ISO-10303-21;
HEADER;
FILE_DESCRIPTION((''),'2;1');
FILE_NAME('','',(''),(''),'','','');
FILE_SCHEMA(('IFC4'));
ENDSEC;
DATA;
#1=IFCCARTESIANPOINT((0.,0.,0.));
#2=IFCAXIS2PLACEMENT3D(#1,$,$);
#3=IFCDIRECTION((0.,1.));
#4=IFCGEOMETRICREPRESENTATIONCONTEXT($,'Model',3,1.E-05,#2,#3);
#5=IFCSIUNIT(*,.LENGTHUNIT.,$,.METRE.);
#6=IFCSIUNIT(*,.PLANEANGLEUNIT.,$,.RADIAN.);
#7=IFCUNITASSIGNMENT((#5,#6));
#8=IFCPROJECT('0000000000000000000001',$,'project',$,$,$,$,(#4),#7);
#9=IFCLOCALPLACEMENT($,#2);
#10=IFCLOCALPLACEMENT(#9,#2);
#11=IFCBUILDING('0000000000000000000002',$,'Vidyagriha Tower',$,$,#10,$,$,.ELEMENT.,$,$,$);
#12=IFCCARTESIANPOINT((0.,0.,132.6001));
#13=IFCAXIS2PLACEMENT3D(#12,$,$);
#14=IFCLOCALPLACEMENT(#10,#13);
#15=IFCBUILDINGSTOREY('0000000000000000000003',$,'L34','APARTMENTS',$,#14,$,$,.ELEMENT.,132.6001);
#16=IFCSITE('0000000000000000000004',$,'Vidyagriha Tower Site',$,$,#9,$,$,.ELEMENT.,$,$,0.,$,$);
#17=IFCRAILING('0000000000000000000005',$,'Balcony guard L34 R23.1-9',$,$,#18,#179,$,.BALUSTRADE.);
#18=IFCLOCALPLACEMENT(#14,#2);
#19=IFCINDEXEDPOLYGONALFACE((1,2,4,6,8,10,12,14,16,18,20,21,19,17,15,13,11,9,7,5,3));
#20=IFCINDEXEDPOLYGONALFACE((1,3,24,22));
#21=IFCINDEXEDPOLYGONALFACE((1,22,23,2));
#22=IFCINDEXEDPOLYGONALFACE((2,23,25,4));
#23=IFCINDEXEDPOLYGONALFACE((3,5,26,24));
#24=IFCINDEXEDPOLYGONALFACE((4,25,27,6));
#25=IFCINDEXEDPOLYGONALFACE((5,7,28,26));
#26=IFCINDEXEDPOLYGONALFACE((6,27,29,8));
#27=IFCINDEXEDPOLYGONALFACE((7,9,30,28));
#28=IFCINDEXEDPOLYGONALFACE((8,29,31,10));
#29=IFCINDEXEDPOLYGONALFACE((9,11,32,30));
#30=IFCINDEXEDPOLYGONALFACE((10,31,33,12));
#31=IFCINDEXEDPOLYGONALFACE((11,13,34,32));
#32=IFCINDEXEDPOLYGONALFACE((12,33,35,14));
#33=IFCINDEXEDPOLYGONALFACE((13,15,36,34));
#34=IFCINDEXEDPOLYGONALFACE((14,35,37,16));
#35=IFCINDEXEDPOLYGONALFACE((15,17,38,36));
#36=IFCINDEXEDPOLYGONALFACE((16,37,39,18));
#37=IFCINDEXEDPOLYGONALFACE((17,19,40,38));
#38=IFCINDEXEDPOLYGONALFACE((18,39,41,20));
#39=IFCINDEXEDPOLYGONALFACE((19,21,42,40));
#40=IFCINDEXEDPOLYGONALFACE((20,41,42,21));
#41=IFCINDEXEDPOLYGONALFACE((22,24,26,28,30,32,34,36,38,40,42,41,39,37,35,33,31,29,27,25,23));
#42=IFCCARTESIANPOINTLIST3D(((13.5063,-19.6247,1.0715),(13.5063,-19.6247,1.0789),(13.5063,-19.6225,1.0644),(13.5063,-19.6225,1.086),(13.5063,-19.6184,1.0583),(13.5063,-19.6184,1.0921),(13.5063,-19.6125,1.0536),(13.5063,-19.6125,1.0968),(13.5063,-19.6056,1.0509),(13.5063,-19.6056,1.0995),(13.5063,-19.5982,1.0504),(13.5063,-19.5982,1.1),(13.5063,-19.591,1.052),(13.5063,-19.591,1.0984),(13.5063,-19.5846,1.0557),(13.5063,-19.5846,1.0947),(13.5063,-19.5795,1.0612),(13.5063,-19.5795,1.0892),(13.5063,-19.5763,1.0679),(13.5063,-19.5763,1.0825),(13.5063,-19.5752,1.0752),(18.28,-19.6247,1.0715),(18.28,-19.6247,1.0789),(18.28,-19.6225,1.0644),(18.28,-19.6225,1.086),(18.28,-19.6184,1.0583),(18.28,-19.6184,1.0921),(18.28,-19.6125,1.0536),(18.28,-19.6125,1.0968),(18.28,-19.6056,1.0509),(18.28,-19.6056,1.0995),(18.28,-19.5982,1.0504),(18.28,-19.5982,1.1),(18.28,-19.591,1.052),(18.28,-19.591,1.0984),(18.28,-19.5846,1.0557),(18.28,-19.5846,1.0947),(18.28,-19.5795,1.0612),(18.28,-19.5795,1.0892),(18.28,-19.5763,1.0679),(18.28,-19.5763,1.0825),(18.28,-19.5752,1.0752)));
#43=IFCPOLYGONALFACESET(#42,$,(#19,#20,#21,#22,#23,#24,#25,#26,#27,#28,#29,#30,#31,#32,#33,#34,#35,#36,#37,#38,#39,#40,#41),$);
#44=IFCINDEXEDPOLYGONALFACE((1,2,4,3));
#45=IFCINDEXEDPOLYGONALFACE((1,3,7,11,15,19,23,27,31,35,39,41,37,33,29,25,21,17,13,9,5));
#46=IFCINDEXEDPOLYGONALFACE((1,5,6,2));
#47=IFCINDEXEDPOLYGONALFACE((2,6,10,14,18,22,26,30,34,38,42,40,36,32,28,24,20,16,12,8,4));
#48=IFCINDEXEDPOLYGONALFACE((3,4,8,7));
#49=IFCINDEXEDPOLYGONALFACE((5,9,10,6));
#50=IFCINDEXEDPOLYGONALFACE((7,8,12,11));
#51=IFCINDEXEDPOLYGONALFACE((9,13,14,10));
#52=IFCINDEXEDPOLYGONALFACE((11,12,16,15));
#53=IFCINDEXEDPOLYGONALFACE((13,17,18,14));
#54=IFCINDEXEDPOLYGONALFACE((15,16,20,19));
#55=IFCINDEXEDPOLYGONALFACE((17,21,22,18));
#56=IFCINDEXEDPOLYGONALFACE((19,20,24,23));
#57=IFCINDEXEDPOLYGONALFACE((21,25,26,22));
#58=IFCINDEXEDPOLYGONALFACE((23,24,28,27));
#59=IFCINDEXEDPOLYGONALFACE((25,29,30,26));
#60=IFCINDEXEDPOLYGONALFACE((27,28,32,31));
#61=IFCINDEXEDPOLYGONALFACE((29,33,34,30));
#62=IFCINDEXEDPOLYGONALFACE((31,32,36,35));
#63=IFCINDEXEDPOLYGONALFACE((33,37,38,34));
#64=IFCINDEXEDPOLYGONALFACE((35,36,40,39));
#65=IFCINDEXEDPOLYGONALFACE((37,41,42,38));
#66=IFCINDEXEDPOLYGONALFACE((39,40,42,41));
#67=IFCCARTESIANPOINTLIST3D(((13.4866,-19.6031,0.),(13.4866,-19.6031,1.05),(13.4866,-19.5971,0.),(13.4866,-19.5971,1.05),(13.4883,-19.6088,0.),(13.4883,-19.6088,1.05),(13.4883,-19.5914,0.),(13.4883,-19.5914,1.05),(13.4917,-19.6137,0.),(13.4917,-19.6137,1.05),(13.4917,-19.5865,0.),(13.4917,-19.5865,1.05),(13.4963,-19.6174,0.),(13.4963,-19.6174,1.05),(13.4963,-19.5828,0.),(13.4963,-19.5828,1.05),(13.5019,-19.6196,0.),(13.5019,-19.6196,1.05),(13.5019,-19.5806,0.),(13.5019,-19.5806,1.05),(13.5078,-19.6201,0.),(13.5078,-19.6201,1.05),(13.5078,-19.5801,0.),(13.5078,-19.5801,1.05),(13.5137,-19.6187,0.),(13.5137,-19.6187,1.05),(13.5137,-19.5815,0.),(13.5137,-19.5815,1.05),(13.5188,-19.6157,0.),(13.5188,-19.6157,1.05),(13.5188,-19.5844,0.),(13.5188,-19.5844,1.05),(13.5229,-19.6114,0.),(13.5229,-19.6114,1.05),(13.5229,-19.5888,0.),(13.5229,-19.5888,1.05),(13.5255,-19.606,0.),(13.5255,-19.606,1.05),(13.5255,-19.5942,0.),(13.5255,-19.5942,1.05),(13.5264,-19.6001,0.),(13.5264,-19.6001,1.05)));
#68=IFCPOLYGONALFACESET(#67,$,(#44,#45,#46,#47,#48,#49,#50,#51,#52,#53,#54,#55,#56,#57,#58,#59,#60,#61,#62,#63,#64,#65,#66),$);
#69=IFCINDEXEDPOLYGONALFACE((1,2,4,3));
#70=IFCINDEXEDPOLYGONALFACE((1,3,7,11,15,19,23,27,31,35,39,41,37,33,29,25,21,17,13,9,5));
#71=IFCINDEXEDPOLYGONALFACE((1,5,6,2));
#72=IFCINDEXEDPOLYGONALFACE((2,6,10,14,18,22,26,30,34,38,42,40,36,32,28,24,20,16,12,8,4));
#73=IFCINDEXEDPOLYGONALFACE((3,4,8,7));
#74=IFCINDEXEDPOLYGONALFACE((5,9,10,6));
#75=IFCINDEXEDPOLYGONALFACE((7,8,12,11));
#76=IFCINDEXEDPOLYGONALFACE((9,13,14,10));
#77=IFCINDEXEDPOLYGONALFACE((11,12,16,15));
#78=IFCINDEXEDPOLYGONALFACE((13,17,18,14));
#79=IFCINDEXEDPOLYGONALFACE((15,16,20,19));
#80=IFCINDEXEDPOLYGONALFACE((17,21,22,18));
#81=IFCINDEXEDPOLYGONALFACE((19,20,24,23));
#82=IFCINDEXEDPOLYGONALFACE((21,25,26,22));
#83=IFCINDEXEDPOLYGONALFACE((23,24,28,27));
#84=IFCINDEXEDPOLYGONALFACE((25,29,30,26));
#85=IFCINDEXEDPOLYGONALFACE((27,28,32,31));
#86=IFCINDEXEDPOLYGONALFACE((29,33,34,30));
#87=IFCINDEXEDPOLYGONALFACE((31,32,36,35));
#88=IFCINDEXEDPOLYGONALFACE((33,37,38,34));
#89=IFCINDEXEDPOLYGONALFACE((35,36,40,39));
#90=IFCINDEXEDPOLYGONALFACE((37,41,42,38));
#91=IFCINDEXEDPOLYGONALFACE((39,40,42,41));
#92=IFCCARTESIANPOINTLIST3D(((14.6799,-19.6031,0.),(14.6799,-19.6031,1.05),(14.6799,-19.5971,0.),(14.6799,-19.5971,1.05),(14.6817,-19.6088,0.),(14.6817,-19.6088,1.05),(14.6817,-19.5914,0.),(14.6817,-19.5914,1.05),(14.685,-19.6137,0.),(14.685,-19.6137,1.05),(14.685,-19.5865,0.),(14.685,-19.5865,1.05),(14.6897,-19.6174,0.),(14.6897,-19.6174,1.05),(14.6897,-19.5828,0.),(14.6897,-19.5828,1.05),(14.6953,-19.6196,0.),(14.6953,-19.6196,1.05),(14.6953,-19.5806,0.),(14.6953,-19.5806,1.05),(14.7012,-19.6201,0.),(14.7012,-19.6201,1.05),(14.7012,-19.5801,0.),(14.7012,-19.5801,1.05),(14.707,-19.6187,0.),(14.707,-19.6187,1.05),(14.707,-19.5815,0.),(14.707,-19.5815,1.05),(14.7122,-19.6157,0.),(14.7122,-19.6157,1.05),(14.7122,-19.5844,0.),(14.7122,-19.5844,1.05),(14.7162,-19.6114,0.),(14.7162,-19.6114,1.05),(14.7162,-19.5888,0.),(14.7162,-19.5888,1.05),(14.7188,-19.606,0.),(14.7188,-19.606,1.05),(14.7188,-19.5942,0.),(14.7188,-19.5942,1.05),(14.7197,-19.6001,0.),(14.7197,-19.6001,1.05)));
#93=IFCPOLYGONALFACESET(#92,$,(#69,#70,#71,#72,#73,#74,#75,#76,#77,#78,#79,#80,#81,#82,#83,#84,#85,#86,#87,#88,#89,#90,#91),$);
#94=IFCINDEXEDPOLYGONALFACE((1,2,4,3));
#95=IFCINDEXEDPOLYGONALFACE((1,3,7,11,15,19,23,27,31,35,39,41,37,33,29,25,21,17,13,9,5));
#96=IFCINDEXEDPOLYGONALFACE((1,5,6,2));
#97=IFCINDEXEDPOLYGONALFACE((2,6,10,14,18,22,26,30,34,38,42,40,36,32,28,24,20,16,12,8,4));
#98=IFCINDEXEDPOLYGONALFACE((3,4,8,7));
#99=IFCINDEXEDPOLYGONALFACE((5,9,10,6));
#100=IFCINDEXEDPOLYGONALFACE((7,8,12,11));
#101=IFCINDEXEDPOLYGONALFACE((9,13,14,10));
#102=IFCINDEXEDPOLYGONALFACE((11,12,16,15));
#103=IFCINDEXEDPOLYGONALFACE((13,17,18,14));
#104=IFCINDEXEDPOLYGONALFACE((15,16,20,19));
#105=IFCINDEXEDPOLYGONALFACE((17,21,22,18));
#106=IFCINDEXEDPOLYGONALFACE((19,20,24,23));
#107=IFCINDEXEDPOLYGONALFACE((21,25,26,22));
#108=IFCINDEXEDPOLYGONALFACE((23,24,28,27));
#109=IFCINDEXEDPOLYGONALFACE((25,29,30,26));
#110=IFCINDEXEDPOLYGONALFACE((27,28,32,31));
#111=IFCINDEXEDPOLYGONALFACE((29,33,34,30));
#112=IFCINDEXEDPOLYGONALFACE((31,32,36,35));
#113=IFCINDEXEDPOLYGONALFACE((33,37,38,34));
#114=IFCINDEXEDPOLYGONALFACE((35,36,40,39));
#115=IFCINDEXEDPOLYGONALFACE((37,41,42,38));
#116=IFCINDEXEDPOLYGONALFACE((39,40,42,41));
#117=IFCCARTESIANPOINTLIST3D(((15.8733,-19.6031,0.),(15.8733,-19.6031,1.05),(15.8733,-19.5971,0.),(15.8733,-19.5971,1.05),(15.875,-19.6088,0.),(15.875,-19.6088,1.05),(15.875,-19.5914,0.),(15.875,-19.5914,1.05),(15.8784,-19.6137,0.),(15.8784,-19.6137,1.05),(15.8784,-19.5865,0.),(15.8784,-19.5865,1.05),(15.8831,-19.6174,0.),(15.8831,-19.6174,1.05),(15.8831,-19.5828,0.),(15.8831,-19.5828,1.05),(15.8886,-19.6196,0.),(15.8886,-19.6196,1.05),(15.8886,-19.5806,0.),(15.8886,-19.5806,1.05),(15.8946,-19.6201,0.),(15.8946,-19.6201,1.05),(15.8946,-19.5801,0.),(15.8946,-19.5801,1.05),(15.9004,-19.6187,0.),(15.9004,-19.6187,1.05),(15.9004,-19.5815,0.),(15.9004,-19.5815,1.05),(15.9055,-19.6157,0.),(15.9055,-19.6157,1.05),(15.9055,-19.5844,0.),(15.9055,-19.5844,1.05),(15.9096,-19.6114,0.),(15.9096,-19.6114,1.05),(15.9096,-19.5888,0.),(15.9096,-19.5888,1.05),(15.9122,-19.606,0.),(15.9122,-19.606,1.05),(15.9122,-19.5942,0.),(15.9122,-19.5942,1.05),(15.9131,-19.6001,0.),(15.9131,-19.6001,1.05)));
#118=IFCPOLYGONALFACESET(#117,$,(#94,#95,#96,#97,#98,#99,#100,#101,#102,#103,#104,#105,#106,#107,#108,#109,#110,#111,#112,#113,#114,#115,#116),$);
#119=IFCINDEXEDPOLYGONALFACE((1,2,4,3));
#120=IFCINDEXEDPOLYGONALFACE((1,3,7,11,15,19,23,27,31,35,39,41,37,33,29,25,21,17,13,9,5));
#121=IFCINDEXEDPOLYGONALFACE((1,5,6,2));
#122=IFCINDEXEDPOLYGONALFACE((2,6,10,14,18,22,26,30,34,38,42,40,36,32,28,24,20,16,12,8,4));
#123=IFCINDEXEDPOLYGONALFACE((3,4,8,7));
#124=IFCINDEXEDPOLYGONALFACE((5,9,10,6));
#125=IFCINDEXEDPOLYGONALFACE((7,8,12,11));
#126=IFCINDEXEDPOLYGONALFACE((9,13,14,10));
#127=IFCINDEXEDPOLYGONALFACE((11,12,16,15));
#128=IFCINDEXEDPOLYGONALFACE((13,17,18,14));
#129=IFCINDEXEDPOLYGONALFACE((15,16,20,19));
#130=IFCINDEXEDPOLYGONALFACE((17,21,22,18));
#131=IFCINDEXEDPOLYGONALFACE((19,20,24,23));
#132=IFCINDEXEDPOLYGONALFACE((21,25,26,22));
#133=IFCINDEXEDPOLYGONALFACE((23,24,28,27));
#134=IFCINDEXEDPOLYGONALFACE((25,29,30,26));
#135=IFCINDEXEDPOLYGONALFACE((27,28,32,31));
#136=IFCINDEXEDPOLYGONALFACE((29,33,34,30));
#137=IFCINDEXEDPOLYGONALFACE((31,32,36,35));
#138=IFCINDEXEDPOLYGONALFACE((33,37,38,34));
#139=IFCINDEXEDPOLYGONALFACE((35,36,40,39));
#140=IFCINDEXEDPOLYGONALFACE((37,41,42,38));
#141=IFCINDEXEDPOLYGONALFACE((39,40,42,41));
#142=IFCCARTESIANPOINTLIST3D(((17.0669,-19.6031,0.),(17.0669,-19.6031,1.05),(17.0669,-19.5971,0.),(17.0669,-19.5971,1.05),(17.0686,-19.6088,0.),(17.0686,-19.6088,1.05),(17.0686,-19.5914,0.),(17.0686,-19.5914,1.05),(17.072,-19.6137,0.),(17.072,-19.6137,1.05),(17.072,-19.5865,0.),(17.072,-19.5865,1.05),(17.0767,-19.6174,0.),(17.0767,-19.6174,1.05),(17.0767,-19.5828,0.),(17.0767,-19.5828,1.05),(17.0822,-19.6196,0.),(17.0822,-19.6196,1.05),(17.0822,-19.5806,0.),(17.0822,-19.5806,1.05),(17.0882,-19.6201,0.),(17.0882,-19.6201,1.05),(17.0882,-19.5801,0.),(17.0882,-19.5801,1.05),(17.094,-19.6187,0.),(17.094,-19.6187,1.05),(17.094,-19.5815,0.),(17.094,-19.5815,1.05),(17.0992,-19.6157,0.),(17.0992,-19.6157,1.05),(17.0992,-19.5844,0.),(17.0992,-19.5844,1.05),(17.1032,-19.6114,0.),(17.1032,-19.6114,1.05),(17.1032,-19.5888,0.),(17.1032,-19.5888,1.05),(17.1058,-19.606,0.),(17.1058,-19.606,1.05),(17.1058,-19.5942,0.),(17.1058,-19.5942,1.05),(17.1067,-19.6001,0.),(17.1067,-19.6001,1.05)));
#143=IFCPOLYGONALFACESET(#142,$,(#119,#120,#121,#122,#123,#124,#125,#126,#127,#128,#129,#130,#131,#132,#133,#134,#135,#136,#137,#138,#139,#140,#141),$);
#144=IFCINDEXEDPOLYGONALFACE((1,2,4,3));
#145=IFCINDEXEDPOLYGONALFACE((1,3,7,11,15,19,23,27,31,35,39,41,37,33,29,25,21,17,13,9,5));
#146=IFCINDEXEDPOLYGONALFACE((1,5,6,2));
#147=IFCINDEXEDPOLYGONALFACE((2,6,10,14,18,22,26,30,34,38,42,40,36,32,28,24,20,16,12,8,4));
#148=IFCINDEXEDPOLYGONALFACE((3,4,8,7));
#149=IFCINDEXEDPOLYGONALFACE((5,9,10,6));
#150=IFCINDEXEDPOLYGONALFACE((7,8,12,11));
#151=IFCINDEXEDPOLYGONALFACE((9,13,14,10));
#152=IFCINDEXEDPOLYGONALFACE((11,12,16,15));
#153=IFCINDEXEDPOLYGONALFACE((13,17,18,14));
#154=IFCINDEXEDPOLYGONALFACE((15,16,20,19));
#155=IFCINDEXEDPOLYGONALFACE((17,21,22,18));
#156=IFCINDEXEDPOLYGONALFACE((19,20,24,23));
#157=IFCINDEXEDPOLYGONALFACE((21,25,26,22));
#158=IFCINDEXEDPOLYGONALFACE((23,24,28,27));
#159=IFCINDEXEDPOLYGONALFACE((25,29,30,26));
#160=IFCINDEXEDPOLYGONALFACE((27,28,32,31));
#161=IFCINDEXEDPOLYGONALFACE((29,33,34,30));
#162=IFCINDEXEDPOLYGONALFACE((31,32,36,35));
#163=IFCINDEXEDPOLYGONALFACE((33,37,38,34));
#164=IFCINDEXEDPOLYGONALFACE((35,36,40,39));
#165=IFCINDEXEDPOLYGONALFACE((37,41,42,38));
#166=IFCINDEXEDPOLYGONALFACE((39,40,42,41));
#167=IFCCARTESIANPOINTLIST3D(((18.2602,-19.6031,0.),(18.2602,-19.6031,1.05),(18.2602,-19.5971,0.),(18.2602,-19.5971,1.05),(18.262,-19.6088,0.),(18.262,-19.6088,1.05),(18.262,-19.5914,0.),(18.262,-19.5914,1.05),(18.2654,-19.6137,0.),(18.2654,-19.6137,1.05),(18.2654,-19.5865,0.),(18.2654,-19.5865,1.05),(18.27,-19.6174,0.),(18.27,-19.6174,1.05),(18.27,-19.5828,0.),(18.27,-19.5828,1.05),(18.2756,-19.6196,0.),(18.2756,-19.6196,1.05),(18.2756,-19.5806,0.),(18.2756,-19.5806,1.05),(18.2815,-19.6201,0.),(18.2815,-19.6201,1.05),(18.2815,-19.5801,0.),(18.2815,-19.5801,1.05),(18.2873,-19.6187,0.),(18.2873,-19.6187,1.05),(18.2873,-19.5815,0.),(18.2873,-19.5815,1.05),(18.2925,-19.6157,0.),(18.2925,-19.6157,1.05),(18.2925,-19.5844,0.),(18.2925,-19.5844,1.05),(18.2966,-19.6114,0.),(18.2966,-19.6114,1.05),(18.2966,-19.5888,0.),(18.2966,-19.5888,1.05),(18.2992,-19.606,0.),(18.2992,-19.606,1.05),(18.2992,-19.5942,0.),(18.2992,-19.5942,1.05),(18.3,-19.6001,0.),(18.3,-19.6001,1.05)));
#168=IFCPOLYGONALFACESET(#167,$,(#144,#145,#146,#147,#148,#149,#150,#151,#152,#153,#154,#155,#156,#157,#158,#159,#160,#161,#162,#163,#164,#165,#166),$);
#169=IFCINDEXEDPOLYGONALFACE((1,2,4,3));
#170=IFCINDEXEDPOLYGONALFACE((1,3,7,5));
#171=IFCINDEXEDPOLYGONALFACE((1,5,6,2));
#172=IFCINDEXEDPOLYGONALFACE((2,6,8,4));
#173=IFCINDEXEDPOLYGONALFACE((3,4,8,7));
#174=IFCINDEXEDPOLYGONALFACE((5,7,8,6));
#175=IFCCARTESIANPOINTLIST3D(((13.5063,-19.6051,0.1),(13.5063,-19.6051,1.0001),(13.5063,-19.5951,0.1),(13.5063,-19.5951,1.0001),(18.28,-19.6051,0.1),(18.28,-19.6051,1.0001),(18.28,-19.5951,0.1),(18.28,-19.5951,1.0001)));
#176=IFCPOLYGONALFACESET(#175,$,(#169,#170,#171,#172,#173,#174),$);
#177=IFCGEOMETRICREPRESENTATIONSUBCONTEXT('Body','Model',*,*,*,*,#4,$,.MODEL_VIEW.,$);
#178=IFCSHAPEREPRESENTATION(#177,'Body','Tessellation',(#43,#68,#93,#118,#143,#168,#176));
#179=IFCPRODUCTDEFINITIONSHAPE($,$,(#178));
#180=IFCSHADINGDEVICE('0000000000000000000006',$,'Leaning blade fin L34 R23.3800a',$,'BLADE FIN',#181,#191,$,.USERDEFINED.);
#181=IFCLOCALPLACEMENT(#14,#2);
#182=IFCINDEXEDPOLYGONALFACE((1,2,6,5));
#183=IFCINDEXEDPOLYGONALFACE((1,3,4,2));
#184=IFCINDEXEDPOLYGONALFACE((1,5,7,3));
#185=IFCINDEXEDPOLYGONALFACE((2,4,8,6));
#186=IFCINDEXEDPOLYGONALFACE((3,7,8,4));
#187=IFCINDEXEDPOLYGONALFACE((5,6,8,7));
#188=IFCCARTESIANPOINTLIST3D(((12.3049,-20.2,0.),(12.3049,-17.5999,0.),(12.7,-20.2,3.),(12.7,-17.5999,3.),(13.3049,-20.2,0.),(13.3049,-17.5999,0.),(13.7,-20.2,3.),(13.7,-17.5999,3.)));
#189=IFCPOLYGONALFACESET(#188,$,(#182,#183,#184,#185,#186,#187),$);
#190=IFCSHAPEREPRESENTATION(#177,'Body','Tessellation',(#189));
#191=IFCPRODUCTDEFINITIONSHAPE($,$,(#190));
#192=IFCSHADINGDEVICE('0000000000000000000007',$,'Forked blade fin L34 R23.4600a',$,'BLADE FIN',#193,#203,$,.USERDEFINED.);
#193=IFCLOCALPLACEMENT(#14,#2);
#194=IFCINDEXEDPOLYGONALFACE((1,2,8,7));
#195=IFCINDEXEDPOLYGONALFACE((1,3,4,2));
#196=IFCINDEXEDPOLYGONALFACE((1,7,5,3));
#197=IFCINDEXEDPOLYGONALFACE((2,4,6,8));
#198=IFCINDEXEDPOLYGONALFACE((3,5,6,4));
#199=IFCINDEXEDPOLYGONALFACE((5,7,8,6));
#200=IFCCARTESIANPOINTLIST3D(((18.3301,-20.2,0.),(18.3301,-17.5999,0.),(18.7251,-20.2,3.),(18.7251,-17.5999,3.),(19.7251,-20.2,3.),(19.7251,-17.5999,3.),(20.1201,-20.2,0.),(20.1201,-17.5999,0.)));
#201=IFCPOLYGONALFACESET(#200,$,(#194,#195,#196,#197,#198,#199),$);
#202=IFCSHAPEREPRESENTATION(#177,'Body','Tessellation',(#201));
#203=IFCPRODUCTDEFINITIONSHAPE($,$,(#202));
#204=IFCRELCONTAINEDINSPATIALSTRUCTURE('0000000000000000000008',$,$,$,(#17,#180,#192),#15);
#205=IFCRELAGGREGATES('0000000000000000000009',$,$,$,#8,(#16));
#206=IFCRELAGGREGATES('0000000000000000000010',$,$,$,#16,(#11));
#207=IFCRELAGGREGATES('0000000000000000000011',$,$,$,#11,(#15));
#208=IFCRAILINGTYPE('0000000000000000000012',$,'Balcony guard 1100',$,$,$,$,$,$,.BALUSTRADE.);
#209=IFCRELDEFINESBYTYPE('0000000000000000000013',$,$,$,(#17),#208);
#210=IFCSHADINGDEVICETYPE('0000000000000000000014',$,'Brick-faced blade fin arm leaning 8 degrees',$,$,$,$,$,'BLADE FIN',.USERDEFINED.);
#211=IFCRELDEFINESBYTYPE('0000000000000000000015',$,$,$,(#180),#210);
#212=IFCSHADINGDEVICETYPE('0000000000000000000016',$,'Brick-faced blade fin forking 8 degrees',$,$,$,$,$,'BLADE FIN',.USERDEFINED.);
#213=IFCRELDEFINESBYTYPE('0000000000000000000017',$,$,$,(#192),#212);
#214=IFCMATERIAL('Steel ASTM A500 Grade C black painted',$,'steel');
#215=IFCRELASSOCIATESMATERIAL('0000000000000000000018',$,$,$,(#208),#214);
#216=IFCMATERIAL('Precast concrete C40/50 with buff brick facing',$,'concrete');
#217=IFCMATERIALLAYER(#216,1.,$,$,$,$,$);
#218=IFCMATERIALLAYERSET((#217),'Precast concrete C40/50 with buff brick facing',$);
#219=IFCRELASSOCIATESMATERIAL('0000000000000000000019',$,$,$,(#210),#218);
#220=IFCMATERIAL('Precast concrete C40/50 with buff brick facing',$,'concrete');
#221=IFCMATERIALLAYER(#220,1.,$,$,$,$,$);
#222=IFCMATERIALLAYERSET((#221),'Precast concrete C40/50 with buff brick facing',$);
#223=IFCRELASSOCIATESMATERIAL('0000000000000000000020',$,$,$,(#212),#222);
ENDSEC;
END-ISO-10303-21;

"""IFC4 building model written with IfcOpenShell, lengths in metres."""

from ifc_helpers import new_model, si_unit, direction, frame, origin, origin_2d, place, context, subcontext, project, spatial, polyline, rectangle, circle, outline, extrude, material, layer, layer_set, type_object, element, save


model = new_model("IFC4")

# Units and contexts
model_context = context("Model", 3, precision=1e-05, world=origin(), true_north=direction((0.0, 1.0)))
body_context = subcontext(model_context, "Body", "Model", "MODEL_VIEW")
ifc_project = project(units=[si_unit("LENGTHUNIT", "METRE"), si_unit("PLANEANGLEUNIT", "RADIAN")], contexts=[model_context])

# Site, building, storey
site_placement = place(None, origin())
site = spatial("IfcSite", under=ifc_project, at=site_placement, Name="Vidyagriha Tower Site", CompositionType="ELEMENT", RefElevation=0.0)
building_placement = place(site_placement, origin())
building = spatial("IfcBuilding", under=site, at=building_placement, Name="Vidyagriha Tower", CompositionType="ELEMENT")
storey_placement = place(building_placement, frame((0.0, 0.0, 132.6001)))
storey = spatial("IfcBuildingStorey", under=building, at=storey_placement, Name="L34", Description="APARTMENTS", CompositionType="ELEMENT", Elevation=132.6001)

# Railing
ifc_material_1 = material(Name="Steel ASTM A500 Grade C black painted", Category="steel")
railing_type = type_object("IfcRailingType", Name="Balcony guard 1100", PredefinedType="BALUSTRADE", material=ifc_material_1)
railing_1_placement = place(storey_placement, frame((13.5063, -19.6001, 0.0)))
element("IfcRailing", 1, at=railing_1_placement, inside=storey, type_object=railing_type, Name="Balcony guard L34 R23.1-9", PredefinedType="BALUSTRADE", context=body_context, shape_type="SweptSolid", body=[
    extrude(circle(Radius=0.0249, at=origin_2d()), frame((0.0, 0.0, 1.0752), z_axis=(1.0, 0.0, 0.0), x_axis=(0.0, 1.0, 0.0)), (0.0, 0.0, 1.0), 4.7737),
    extrude(circle(Radius=0.02, at=origin_2d()), origin(), (0.0, 0.0, 1.0), 1.05),
    extrude(circle(Radius=0.02, at=origin_2d()), frame((1.1934, 0.0, 0.0)), (0.0, 0.0, 1.0), 1.05),
    extrude(circle(Radius=0.02, at=origin_2d()), frame((2.3867, 0.0, 0.0)), (0.0, 0.0, 1.0), 1.05),
    extrude(circle(Radius=0.02, at=origin_2d()), frame((3.5803, 0.0, 0.0)), (0.0, 0.0, 1.0), 1.05),
    extrude(circle(Radius=0.02, at=origin_2d()), frame((4.7737, 0.0, 0.0)), (0.0, 0.0, 1.0), 1.05),
    extrude(rectangle(XDim=0.01, YDim=0.9001, at=origin_2d()), frame((0.0, 0.0, 0.55), z_axis=(1.0, 0.0, 0.0), x_axis=(0.0, 1.0, 0.0)), (0.0, 0.0, 1.0), 4.7737),
])

# Shading devices
ifc_material_2 = material(Name="Precast concrete C40/50 with buff brick facing", Category="concrete")
ifc_layer_1 = layer(ifc_material_2, 1.0)
ifc_layer_set_1 = layer_set([ifc_layer_1], Name="Precast concrete C40/50 with buff brick facing")
shading_device_type_1 = type_object("IfcShadingDeviceType", Name="Brick-faced blade fin arm leaning 8 degrees", ElementType="BLADE FIN", PredefinedType="USERDEFINED", material=ifc_layer_set_1)
shading_device_1_placement = place(storey_placement, frame((12.3049, -18.8999, 0.0)))
element("IfcShadingDevice", 2, at=shading_device_1_placement, inside=storey, type_object=shading_device_type_1, Name="Leaning blade fin L34 R23.3800a", ObjectType="BLADE FIN", PredefinedType="USERDEFINED", context=body_context, shape_type="SweptSolid", body=[
    extrude(outline(polyline([(0.0, 0.0), (1.0, 0.0), (1.395, 3.0), (0.395, 3.0), (0.0, 0.0)])), frame((0.0, 1.3, 0.0), z_axis=(0.0, -1.0, 0.0), x_axis=(1.0, 0.0, 0.0)), (0.0, 0.0, 1.0), 2.6001),
])
ifc_material_3 = material(Name="Precast concrete C40/50 with buff brick facing", Category="concrete")
ifc_layer_2 = layer(ifc_material_3, 1.0)
ifc_layer_set_2 = layer_set([ifc_layer_2], Name="Precast concrete C40/50 with buff brick facing")
shading_device_type_2 = type_object("IfcShadingDeviceType", Name="Brick-faced blade fin forking 8 degrees", ElementType="BLADE FIN", PredefinedType="USERDEFINED", material=ifc_layer_set_2)
shading_device_2_placement = place(storey_placement, frame((18.3301, -18.8999, 0.0)))
element("IfcShadingDevice", 3, at=shading_device_2_placement, inside=storey, type_object=shading_device_type_2, Name="Forked blade fin L34 R23.4600a", ObjectType="BLADE FIN", PredefinedType="USERDEFINED", context=body_context, shape_type="SweptSolid", body=[
    extrude(outline(polyline([(0.0, 0.0), (1.79, 0.0), (1.395, 3.0), (0.395, 3.0), (0.0, 0.0)])), frame((0.0, 1.3, 0.0), z_axis=(0.0, -1.0, 0.0), x_axis=(1.0, 0.0, 0.0)), (0.0, 0.0, 1.0), 2.6001),
])

save(model, "model.ifc")
